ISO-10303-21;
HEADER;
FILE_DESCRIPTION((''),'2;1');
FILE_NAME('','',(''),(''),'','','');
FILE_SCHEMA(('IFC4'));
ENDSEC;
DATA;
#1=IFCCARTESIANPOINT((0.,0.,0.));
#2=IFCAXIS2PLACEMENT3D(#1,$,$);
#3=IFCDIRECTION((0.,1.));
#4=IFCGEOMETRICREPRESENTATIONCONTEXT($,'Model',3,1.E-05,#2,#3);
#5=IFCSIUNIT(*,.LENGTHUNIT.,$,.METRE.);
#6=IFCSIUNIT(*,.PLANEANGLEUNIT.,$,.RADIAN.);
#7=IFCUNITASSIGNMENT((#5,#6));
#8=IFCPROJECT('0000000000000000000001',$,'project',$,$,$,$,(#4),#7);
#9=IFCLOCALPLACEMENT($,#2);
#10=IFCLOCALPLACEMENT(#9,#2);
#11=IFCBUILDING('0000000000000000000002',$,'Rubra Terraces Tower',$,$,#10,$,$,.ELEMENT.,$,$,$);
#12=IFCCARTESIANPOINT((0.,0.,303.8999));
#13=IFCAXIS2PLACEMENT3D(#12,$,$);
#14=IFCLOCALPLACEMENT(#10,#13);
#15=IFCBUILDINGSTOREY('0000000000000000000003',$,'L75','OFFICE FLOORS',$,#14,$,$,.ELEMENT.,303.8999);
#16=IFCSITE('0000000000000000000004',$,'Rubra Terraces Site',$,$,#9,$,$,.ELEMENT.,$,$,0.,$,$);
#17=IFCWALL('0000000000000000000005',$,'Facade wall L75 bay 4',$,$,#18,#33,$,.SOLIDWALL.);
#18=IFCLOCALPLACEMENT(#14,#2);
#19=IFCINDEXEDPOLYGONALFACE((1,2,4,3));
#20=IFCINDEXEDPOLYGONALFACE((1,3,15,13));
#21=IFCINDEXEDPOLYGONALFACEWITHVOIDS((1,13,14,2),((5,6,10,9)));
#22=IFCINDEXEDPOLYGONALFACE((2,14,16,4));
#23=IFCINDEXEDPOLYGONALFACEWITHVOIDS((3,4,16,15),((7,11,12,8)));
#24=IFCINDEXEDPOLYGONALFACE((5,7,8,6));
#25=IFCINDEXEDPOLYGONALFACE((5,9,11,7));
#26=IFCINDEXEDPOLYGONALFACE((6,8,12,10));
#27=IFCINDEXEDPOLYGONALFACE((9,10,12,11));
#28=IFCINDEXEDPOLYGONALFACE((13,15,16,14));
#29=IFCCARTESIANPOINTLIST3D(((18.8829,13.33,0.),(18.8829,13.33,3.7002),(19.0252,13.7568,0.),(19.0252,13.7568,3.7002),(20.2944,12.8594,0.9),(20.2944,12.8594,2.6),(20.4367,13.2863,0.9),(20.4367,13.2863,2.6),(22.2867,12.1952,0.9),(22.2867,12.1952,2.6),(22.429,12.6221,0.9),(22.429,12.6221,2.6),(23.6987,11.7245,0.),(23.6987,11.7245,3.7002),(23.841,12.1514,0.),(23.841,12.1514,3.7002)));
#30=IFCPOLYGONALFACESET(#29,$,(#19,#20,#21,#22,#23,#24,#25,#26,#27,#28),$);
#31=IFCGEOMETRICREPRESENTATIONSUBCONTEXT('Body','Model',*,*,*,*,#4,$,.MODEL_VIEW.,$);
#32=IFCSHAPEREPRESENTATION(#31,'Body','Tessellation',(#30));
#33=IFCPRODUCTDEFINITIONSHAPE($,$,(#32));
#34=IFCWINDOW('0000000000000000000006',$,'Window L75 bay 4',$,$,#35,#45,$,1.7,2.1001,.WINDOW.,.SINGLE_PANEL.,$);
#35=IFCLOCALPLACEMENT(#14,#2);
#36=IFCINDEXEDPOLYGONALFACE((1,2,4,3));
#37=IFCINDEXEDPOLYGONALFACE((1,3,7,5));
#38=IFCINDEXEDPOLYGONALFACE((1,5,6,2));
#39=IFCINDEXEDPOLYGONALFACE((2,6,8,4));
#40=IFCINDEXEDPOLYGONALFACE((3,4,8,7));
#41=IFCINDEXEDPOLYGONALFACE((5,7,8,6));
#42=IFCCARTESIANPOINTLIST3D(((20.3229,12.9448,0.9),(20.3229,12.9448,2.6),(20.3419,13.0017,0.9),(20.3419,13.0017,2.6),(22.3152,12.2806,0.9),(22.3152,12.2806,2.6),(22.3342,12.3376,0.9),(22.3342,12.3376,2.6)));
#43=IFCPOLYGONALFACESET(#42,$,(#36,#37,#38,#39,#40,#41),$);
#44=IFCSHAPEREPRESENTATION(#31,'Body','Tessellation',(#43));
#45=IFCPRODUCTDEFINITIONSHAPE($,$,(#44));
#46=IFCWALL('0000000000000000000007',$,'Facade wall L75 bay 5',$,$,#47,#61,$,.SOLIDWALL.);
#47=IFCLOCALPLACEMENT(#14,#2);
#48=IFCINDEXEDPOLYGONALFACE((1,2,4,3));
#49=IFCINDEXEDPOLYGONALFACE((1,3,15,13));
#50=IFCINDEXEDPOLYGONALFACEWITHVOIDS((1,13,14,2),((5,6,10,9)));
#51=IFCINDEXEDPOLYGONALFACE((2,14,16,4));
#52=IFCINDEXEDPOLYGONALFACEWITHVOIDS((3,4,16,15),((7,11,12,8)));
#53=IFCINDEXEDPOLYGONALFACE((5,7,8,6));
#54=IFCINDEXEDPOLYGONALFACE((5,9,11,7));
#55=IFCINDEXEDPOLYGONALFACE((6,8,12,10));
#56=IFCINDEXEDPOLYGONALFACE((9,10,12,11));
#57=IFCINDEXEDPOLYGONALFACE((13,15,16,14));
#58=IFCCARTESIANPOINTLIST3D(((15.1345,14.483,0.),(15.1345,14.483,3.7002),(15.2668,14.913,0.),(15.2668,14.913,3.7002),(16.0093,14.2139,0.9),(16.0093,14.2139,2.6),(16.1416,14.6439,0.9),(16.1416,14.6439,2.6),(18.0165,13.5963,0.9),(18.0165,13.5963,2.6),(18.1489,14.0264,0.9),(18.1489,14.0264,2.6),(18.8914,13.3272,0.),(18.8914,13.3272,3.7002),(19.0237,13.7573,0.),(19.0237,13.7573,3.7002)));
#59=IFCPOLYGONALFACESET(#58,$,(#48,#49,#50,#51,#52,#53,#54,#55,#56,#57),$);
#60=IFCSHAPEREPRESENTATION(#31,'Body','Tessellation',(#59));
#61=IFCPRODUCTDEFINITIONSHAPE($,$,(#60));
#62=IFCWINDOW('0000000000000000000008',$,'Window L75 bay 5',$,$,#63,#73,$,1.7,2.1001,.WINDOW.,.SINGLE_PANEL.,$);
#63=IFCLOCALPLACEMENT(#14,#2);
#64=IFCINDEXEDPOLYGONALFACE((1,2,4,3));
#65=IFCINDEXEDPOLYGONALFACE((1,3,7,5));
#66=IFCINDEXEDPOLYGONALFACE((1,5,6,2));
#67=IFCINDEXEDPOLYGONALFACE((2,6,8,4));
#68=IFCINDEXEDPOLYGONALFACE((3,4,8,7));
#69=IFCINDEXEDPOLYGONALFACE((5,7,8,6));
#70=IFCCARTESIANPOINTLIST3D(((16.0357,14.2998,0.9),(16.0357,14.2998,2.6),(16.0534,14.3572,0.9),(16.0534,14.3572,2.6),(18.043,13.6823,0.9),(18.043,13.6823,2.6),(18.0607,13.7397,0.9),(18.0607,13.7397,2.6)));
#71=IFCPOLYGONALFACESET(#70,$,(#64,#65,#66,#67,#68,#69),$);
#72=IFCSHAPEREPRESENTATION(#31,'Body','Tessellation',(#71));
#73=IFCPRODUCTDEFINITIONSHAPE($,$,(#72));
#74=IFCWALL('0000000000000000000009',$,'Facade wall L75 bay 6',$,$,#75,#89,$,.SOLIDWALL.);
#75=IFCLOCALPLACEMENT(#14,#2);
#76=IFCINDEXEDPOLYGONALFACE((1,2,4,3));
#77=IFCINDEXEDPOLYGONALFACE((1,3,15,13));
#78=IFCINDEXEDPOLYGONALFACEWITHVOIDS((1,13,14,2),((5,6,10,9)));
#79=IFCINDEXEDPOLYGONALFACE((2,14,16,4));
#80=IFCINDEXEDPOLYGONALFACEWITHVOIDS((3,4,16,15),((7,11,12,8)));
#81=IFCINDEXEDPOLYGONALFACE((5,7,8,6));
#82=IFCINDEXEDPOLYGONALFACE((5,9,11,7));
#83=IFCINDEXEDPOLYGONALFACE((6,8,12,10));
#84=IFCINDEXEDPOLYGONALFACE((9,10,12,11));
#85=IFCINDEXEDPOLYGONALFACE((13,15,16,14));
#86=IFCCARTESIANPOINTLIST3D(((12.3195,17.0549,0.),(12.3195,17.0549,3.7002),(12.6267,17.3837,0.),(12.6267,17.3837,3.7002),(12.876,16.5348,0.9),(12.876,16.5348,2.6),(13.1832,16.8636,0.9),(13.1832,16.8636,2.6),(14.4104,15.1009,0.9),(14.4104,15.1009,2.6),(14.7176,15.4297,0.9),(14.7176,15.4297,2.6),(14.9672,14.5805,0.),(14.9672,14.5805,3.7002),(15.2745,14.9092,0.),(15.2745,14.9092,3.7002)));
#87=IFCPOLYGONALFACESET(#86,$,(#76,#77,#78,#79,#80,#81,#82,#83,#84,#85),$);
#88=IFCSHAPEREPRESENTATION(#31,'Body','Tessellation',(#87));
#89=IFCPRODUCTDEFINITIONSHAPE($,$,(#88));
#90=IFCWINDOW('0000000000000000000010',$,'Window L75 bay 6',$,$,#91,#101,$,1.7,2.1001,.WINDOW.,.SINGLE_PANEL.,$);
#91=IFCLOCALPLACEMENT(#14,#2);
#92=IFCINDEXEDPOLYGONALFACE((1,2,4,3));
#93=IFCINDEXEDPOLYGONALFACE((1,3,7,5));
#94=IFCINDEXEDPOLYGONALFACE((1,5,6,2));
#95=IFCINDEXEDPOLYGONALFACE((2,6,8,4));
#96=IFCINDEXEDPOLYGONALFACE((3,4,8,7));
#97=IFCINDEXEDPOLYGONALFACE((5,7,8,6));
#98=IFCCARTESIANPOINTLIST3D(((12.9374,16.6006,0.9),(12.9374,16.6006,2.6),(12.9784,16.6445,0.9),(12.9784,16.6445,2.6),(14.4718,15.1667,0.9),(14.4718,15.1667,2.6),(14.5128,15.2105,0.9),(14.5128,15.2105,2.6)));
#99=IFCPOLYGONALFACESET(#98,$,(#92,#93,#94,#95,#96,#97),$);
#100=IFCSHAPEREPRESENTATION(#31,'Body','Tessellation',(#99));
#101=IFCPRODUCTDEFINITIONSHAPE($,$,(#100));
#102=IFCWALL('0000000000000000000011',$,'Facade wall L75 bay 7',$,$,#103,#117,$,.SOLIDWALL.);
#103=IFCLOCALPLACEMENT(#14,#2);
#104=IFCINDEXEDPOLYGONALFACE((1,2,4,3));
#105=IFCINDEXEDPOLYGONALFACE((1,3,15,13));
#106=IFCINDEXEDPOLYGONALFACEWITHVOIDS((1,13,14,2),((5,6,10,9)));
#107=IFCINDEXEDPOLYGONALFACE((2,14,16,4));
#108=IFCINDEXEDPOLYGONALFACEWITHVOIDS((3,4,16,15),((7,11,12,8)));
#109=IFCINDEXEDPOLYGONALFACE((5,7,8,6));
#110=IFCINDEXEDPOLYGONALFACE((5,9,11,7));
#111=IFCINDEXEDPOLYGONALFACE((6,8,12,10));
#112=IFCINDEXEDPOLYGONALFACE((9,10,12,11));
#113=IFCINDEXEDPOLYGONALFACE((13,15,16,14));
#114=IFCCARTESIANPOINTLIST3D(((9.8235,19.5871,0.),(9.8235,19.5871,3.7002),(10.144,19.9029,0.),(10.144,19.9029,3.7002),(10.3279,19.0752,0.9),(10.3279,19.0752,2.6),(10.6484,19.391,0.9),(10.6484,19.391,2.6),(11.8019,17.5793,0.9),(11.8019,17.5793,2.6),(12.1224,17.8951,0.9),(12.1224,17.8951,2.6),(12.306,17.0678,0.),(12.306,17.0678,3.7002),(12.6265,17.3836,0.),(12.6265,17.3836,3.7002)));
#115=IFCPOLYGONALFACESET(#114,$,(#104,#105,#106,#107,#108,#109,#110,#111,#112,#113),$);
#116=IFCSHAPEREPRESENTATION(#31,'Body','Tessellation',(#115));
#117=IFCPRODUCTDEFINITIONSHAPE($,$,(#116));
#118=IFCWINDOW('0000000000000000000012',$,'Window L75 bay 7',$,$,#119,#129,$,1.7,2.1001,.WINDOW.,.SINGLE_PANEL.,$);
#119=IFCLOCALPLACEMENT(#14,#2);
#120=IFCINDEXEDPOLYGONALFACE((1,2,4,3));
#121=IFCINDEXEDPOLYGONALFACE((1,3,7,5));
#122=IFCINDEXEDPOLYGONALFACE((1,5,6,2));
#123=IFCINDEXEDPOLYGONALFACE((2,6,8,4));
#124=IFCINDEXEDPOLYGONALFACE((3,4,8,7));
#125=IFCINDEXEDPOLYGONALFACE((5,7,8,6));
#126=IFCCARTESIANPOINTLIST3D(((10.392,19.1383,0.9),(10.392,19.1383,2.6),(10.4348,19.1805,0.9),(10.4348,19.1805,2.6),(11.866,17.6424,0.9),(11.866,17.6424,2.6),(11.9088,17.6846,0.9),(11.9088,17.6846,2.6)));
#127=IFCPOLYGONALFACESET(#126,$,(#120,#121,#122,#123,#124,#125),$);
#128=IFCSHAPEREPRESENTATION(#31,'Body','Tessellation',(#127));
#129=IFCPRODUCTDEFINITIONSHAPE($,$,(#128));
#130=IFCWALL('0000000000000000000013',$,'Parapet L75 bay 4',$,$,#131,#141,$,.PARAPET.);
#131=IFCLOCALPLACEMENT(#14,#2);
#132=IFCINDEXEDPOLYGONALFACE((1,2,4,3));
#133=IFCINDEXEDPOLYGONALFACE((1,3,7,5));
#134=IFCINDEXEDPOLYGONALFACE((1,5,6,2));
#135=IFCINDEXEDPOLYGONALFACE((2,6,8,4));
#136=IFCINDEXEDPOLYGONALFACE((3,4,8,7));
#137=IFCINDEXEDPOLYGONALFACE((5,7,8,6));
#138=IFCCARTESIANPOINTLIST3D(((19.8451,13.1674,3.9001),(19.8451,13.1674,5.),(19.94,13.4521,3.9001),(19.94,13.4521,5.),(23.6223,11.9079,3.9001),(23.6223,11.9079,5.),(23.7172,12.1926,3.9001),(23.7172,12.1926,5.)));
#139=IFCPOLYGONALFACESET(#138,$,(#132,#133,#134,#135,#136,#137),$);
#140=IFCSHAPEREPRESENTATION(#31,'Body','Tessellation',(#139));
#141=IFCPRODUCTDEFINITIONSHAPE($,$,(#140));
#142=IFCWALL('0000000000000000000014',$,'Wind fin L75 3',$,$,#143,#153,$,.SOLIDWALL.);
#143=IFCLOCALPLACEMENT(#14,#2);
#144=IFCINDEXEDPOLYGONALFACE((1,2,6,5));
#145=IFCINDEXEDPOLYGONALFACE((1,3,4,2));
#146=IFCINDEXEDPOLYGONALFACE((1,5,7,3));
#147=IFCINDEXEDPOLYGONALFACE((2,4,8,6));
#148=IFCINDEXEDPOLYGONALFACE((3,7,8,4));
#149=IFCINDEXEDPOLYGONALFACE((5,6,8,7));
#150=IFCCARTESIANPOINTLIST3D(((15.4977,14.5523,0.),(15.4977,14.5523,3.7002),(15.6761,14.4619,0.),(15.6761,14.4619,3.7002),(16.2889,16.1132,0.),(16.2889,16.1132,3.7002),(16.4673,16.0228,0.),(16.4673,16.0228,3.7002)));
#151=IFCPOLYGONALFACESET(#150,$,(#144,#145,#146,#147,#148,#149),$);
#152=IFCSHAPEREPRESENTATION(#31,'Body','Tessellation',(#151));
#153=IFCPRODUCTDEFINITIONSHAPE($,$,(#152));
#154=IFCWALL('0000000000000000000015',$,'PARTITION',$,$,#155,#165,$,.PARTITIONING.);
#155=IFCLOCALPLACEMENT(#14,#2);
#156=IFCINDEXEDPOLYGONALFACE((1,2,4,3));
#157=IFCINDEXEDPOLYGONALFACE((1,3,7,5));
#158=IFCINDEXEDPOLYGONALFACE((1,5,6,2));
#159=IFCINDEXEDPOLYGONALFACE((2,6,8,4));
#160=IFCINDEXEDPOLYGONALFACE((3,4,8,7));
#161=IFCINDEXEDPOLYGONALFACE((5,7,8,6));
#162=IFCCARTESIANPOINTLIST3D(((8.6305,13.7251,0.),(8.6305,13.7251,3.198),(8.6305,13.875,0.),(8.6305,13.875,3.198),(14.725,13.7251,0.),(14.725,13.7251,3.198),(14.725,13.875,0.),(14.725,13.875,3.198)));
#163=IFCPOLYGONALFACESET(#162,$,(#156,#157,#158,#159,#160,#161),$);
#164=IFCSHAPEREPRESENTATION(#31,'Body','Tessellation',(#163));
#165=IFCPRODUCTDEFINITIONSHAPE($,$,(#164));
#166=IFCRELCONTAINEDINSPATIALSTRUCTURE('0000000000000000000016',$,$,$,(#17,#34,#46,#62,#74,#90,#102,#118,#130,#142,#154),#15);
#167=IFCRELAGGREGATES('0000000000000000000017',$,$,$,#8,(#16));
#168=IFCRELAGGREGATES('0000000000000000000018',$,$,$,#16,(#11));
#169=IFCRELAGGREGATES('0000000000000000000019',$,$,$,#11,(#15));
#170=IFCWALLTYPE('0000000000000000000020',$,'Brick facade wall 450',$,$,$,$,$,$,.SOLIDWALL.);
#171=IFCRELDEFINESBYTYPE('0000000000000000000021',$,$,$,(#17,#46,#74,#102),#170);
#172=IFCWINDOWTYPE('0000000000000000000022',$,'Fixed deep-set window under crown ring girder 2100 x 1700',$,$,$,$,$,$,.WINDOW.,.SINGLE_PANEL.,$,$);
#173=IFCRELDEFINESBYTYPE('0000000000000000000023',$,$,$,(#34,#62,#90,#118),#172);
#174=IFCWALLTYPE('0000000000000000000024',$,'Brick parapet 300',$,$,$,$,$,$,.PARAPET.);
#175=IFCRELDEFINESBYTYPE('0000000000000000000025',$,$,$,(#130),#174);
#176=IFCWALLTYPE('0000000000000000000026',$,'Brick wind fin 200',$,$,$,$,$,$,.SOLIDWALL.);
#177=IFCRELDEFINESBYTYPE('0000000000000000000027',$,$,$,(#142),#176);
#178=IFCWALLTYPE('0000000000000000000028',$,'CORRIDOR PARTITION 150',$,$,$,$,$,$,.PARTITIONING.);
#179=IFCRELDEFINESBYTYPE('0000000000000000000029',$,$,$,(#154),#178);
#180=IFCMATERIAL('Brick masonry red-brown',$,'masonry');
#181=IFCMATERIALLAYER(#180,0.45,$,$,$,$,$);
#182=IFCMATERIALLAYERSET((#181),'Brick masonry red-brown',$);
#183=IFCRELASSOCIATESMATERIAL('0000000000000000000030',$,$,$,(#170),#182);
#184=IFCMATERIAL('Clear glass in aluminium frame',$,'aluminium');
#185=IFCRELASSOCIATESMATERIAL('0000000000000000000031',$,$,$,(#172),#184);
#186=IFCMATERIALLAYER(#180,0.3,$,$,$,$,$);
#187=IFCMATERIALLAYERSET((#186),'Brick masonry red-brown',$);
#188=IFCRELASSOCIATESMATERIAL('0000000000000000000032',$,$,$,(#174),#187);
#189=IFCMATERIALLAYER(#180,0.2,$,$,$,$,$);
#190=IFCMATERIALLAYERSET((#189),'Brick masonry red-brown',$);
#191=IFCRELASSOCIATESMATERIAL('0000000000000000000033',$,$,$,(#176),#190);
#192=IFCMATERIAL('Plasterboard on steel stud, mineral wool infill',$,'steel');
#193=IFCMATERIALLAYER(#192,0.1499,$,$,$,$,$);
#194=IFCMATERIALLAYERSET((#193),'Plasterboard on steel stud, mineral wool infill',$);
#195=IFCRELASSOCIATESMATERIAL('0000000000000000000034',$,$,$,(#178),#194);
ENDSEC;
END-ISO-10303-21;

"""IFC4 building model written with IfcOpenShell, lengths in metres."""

from ifc_helpers import new_model, si_unit, direction, frame, frame_2d, origin, place, context, subcontext, project, spatial, rectangle, extrude, material, layer, layer_set, type_object, element, fill, save


model = new_model("IFC4")

# Units and contexts
model_context = context("Model", 3, precision=1e-05, world=origin(), true_north=direction((0.0, 1.0)))
body_context = subcontext(model_context, "Body", "Model", "MODEL_VIEW")
ifc_project = project(units=[si_unit("LENGTHUNIT", "METRE"), si_unit("PLANEANGLEUNIT", "RADIAN")], contexts=[model_context])

# Site, building, storey
site_placement = place(None, origin())
site = spatial("IfcSite", under=ifc_project, at=site_placement, Name="Rubra Terraces Site", CompositionType="ELEMENT", RefElevation=0.0)
building_placement = place(site_placement, origin())
building = spatial("IfcBuilding", under=site, at=building_placement, Name="Rubra Terraces Tower", CompositionType="ELEMENT")
storey_placement = place(building_placement, frame((0.0, 0.0, 303.8999)))
storey = spatial("IfcBuildingStorey", under=building, at=storey_placement, Name="L75", Description="OFFICE FLOORS", CompositionType="ELEMENT", Elevation=303.8999)

# Walls, openings, windows
ifc_material_1 = material(Name="Brick masonry red-brown", Category="masonry")
ifc_layer_1 = layer(ifc_material_1, 0.45)
ifc_layer_set_1 = layer_set([ifc_layer_1], Name="Brick masonry red-brown")
wall_type_1 = type_object("IfcWallType", Name="Brick facade wall 450", PredefinedType="SOLIDWALL", material=ifc_layer_set_1)
wall_1_placement = place(storey_placement, frame((23.7698, 11.938, 0.0), z_axis=(0.0, 0.0, 1.0), x_axis=(-0.948674, 0.316257, 0.0)))
wall_1 = element("IfcWall", 1, at=wall_1_placement, inside=storey, type_object=wall_type_1, Name="Facade wall L75 bay 4", PredefinedType="SOLIDWALL", context=body_context, shape_type="SweptSolid", body=[
    extrude(rectangle(XDim=5.0764, YDim=0.45, at=frame_2d((2.5381, 0.0))), origin(), (0.0, 0.0, 1.0), 3.7002),
])
opening_1_placement = place(wall_1_placement, frame((1.4883, 0.0, 0.8999)))
opening_1 = element("IfcOpeningElement", 2, at=opening_1_placement, cuts=wall_1, PredefinedType="OPENING", context=body_context, shape_type="SweptSolid", body=[
    extrude(rectangle(XDim=2.1001, YDim=1.7, at=frame_2d((1.05, 0.8501))), frame((0.0, 0.2349, 0.0), z_axis=(0.0, -1.0, 0.0), x_axis=(1.0, 0.0, 0.0)), (0.0, 0.0, 1.0), 0.47),
])
ifc_material_2 = material(Name="Clear glass in aluminium frame", Category="aluminium")
window_type = type_object("IfcWindowType", Name="Fixed deep-set window under crown ring girder 2100 x 1700", PartitioningType="SINGLE_PANEL", PredefinedType="WINDOW", material=ifc_material_2)
window_1_placement = place(opening_1_placement, origin())
window_1 = element("IfcWindow", 3, at=window_1_placement, inside=storey, type_object=window_type, Name="Window L75 bay 4", OverallHeight=1.7, OverallWidth=2.1001, PartitioningType="SINGLE_PANEL", PredefinedType="WINDOW", context=body_context, shape_type="SweptSolid", body=[
    extrude(rectangle(XDim=2.1001, YDim=1.7, at=frame_2d((1.05, 0.8501))), frame((0.0, 0.135, 0.0), z_axis=(0.0, -1.0, 0.0), x_axis=(1.0, 0.0, 0.0)), (0.0, 0.0, 1.0), 0.0601),
])
fill(opening_1, window_1)
wall_2_placement = place(storey_placement, frame((18.9575, 13.5422, 0.0), z_axis=(0.0, 0.0, 1.0), x_axis=(-0.955792, 0.294042, 0.0)))
wall_2 = element("IfcWall", 4, at=wall_2_placement, inside=storey, type_object=wall_type_1, Name="Facade wall L75 bay 5", PredefinedType="SOLIDWALL", context=body_context, shape_type="SweptSolid", body=[
    extrude(rectangle(XDim=3.9307, YDim=0.45, at=frame_2d((1.9653, 0.0))), origin(), (0.0, 0.0, 1.0), 3.7002),
])
opening_2_placement = place(wall_2_placement, frame((0.9153, 0.0, 0.8999)))
opening_2 = element("IfcOpeningElement", 5, at=opening_2_placement, cuts=wall_2, PredefinedType="OPENING", context=body_context, shape_type="SweptSolid", body=[
    extrude(rectangle(XDim=2.1001, YDim=1.7, at=frame_2d((1.05, 0.8501))), frame((0.0, 0.2349, 0.0), z_axis=(0.0, -1.0, 0.0), x_axis=(1.0, 0.0, 0.0)), (0.0, 0.0, 1.0), 0.47),
])
window_2_placement = place(opening_2_placement, origin())
window_2 = element("IfcWindow", 6, at=window_2_placement, inside=storey, type_object=window_type, Name="Window L75 bay 5", OverallHeight=1.7, OverallWidth=2.1001, PartitioningType="SINGLE_PANEL", PredefinedType="WINDOW", context=body_context, shape_type="SweptSolid", body=[
    extrude(rectangle(XDim=2.1001, YDim=1.7, at=frame_2d((1.05, 0.8501))), frame((0.0, 0.135, 0.0), z_axis=(0.0, -1.0, 0.0), x_axis=(1.0, 0.0, 0.0)), (0.0, 0.0, 1.0), 0.0601),
])
fill(opening_2, window_2)
wall_3_placement = place(storey_placement, frame((15.1208, 14.7449, 0.0), z_axis=(0.0, 0.0, 1.0), x_axis=(-0.730618, 0.682786, 0.0)))
wall_3 = element("IfcWall", 7, at=wall_3_placement, inside=storey, type_object=wall_type_1, Name="Facade wall L75 bay 6", PredefinedType="SOLIDWALL", context=body_context, shape_type="SweptSolid", body=[
    extrude(rectangle(XDim=3.624, YDim=0.45, at=frame_2d((1.812, 0.0))), origin(), (0.0, 0.0, 1.0), 3.7002),
])
opening_3_placement = place(wall_3_placement, frame((0.7622, 0.0, 0.8999)))
opening_3 = element("IfcOpeningElement", 8, at=opening_3_placement, cuts=wall_3, PredefinedType="OPENING", context=body_context, shape_type="SweptSolid", body=[
    extrude(rectangle(XDim=2.1001, YDim=1.7, at=frame_2d((1.05, 0.8501))), frame((0.0, 0.2349, 0.0), z_axis=(0.0, -1.0, 0.0), x_axis=(1.0, 0.0, 0.0)), (0.0, 0.0, 1.0), 0.47),
])
window_3_placement = place(opening_3_placement, origin())
window_3 = element("IfcWindow", 9, at=window_3_placement, inside=storey, type_object=window_type, Name="Window L75 bay 6", OverallHeight=1.7, OverallWidth=2.1001, PartitioningType="SINGLE_PANEL", PredefinedType="WINDOW", context=body_context, shape_type="SweptSolid", body=[
    extrude(rectangle(XDim=2.1001, YDim=1.7, at=frame_2d((1.05, 0.8501))), frame((0.0, 0.135, 0.0), z_axis=(0.0, -1.0, 0.0), x_axis=(1.0, 0.0, 0.0)), (0.0, 0.0, 1.0), 0.0601),
])
fill(opening_3, window_3)
wall_4_placement = place(storey_placement, frame((12.4663, 17.2256, 0.0), z_axis=(0.0, 0.0, 1.0), x_axis=(-0.701876, 0.712299, 0.0)))
wall_4 = element("IfcWall", 10, at=wall_4_placement, inside=storey, type_object=wall_type_1, Name="Facade wall L75 bay 7", PredefinedType="SOLIDWALL", context=body_context, shape_type="SweptSolid", body=[
    extrude(rectangle(XDim=3.5369, YDim=0.45, at=frame_2d((1.7686, 0.0))), origin(), (0.0, 0.0, 1.0), 3.7002),
])
opening_4_placement = place(wall_4_placement, frame((0.7183, 0.0, 0.8999)))
opening_4 = element("IfcOpeningElement", 11, at=opening_4_placement, cuts=wall_4, PredefinedType="OPENING", context=body_context, shape_type="SweptSolid", body=[
    extrude(rectangle(XDim=2.1001, YDim=1.7, at=frame_2d((1.05, 0.8501))), frame((0.0, 0.2349, 0.0), z_axis=(0.0, -1.0, 0.0), x_axis=(1.0, 0.0, 0.0)), (0.0, 0.0, 1.0), 0.47),
])
window_4_placement = place(opening_4_placement, origin())
window_4 = element("IfcWindow", 12, at=window_4_placement, inside=storey, type_object=window_type, Name="Window L75 bay 7", OverallHeight=1.7, OverallWidth=2.1001, PartitioningType="SINGLE_PANEL", PredefinedType="WINDOW", context=body_context, shape_type="SweptSolid", body=[
    extrude(rectangle(XDim=2.1001, YDim=1.7, at=frame_2d((1.05, 0.8501))), frame((0.0, 0.135, 0.0), z_axis=(0.0, -1.0, 0.0), x_axis=(1.0, 0.0, 0.0)), (0.0, 0.0, 1.0), 0.0601),
])
fill(opening_4, window_4)

# Walls
ifc_layer_2 = layer(ifc_material_1, 0.3)
ifc_layer_set_2 = layer_set([ifc_layer_2], Name="Brick masonry red-brown")
wall_type_2 = type_object("IfcWallType", Name="Brick parapet 300", PredefinedType="PARAPET", material=ifc_layer_set_2)
wall_5_placement = place(storey_placement, frame((23.6697, 12.0503, 3.9001), z_axis=(0.0, 0.0, 1.0), x_axis=(-0.948653, 0.31632, 0.0)))
element("IfcWall", 13, at=wall_5_placement, inside=storey, type_object=wall_type_2, Name="Parapet L75 bay 4", PredefinedType="PARAPET", context=body_context, shape_type="SweptSolid", body=[
    extrude(rectangle(XDim=3.9817, YDim=0.3, at=frame_2d((1.9907, 0.0))), origin(), (0.0, 0.0, 1.0), 1.0999),
])
ifc_layer_3 = layer(ifc_material_1, 0.2)
ifc_layer_set_3 = layer_set([ifc_layer_3], Name="Brick masonry red-brown")
wall_type_3 = type_object("IfcWallType", Name="Brick wind fin 200", PredefinedType="SOLIDWALL", material=ifc_layer_set_3)
wall_6_placement = place(storey_placement, frame((15.5869, 14.5071, 0.0), z_axis=(0.0, 0.0, 1.0), x_axis=(0.452117, 0.891959, 0.0)))
element("IfcWall", 14, at=wall_6_placement, inside=storey, type_object=wall_type_3, Name="Wind fin L75 3", PredefinedType="SOLIDWALL", context=body_context, shape_type="SweptSolid", body=[
    extrude(rectangle(XDim=1.75, YDim=0.2, at=frame_2d((0.875, 0.0))), origin(), (0.0, 0.0, 1.0), 3.7002),
])
ifc_material_3 = material(Name="Plasterboard on steel stud, mineral wool infill", Category="steel")
ifc_layer_4 = layer(ifc_material_3, 0.1499)
ifc_layer_set_4 = layer_set([ifc_layer_4], Name="Plasterboard on steel stud, mineral wool infill")
wall_type_4 = type_object("IfcWallType", Name="CORRIDOR PARTITION 150", PredefinedType="PARTITIONING", material=ifc_layer_set_4)
wall_7_placement = place(storey_placement, frame((14.7251, 13.8, 0.0), z_axis=(0.0, 0.0, 1.0), x_axis=(-1.0, 0.0, 0.0)))
element("IfcWall", 15, at=wall_7_placement, inside=storey, type_object=wall_type_4, Name="PARTITION", PredefinedType="PARTITIONING", context=body_context, shape_type="SweptSolid", body=[
    extrude(rectangle(XDim=6.0945, YDim=0.1499, at=frame_2d((3.0474, 0.0))), origin(), (0.0, 0.0, 1.0), 3.198),
])

save(model, "model.ifc")
